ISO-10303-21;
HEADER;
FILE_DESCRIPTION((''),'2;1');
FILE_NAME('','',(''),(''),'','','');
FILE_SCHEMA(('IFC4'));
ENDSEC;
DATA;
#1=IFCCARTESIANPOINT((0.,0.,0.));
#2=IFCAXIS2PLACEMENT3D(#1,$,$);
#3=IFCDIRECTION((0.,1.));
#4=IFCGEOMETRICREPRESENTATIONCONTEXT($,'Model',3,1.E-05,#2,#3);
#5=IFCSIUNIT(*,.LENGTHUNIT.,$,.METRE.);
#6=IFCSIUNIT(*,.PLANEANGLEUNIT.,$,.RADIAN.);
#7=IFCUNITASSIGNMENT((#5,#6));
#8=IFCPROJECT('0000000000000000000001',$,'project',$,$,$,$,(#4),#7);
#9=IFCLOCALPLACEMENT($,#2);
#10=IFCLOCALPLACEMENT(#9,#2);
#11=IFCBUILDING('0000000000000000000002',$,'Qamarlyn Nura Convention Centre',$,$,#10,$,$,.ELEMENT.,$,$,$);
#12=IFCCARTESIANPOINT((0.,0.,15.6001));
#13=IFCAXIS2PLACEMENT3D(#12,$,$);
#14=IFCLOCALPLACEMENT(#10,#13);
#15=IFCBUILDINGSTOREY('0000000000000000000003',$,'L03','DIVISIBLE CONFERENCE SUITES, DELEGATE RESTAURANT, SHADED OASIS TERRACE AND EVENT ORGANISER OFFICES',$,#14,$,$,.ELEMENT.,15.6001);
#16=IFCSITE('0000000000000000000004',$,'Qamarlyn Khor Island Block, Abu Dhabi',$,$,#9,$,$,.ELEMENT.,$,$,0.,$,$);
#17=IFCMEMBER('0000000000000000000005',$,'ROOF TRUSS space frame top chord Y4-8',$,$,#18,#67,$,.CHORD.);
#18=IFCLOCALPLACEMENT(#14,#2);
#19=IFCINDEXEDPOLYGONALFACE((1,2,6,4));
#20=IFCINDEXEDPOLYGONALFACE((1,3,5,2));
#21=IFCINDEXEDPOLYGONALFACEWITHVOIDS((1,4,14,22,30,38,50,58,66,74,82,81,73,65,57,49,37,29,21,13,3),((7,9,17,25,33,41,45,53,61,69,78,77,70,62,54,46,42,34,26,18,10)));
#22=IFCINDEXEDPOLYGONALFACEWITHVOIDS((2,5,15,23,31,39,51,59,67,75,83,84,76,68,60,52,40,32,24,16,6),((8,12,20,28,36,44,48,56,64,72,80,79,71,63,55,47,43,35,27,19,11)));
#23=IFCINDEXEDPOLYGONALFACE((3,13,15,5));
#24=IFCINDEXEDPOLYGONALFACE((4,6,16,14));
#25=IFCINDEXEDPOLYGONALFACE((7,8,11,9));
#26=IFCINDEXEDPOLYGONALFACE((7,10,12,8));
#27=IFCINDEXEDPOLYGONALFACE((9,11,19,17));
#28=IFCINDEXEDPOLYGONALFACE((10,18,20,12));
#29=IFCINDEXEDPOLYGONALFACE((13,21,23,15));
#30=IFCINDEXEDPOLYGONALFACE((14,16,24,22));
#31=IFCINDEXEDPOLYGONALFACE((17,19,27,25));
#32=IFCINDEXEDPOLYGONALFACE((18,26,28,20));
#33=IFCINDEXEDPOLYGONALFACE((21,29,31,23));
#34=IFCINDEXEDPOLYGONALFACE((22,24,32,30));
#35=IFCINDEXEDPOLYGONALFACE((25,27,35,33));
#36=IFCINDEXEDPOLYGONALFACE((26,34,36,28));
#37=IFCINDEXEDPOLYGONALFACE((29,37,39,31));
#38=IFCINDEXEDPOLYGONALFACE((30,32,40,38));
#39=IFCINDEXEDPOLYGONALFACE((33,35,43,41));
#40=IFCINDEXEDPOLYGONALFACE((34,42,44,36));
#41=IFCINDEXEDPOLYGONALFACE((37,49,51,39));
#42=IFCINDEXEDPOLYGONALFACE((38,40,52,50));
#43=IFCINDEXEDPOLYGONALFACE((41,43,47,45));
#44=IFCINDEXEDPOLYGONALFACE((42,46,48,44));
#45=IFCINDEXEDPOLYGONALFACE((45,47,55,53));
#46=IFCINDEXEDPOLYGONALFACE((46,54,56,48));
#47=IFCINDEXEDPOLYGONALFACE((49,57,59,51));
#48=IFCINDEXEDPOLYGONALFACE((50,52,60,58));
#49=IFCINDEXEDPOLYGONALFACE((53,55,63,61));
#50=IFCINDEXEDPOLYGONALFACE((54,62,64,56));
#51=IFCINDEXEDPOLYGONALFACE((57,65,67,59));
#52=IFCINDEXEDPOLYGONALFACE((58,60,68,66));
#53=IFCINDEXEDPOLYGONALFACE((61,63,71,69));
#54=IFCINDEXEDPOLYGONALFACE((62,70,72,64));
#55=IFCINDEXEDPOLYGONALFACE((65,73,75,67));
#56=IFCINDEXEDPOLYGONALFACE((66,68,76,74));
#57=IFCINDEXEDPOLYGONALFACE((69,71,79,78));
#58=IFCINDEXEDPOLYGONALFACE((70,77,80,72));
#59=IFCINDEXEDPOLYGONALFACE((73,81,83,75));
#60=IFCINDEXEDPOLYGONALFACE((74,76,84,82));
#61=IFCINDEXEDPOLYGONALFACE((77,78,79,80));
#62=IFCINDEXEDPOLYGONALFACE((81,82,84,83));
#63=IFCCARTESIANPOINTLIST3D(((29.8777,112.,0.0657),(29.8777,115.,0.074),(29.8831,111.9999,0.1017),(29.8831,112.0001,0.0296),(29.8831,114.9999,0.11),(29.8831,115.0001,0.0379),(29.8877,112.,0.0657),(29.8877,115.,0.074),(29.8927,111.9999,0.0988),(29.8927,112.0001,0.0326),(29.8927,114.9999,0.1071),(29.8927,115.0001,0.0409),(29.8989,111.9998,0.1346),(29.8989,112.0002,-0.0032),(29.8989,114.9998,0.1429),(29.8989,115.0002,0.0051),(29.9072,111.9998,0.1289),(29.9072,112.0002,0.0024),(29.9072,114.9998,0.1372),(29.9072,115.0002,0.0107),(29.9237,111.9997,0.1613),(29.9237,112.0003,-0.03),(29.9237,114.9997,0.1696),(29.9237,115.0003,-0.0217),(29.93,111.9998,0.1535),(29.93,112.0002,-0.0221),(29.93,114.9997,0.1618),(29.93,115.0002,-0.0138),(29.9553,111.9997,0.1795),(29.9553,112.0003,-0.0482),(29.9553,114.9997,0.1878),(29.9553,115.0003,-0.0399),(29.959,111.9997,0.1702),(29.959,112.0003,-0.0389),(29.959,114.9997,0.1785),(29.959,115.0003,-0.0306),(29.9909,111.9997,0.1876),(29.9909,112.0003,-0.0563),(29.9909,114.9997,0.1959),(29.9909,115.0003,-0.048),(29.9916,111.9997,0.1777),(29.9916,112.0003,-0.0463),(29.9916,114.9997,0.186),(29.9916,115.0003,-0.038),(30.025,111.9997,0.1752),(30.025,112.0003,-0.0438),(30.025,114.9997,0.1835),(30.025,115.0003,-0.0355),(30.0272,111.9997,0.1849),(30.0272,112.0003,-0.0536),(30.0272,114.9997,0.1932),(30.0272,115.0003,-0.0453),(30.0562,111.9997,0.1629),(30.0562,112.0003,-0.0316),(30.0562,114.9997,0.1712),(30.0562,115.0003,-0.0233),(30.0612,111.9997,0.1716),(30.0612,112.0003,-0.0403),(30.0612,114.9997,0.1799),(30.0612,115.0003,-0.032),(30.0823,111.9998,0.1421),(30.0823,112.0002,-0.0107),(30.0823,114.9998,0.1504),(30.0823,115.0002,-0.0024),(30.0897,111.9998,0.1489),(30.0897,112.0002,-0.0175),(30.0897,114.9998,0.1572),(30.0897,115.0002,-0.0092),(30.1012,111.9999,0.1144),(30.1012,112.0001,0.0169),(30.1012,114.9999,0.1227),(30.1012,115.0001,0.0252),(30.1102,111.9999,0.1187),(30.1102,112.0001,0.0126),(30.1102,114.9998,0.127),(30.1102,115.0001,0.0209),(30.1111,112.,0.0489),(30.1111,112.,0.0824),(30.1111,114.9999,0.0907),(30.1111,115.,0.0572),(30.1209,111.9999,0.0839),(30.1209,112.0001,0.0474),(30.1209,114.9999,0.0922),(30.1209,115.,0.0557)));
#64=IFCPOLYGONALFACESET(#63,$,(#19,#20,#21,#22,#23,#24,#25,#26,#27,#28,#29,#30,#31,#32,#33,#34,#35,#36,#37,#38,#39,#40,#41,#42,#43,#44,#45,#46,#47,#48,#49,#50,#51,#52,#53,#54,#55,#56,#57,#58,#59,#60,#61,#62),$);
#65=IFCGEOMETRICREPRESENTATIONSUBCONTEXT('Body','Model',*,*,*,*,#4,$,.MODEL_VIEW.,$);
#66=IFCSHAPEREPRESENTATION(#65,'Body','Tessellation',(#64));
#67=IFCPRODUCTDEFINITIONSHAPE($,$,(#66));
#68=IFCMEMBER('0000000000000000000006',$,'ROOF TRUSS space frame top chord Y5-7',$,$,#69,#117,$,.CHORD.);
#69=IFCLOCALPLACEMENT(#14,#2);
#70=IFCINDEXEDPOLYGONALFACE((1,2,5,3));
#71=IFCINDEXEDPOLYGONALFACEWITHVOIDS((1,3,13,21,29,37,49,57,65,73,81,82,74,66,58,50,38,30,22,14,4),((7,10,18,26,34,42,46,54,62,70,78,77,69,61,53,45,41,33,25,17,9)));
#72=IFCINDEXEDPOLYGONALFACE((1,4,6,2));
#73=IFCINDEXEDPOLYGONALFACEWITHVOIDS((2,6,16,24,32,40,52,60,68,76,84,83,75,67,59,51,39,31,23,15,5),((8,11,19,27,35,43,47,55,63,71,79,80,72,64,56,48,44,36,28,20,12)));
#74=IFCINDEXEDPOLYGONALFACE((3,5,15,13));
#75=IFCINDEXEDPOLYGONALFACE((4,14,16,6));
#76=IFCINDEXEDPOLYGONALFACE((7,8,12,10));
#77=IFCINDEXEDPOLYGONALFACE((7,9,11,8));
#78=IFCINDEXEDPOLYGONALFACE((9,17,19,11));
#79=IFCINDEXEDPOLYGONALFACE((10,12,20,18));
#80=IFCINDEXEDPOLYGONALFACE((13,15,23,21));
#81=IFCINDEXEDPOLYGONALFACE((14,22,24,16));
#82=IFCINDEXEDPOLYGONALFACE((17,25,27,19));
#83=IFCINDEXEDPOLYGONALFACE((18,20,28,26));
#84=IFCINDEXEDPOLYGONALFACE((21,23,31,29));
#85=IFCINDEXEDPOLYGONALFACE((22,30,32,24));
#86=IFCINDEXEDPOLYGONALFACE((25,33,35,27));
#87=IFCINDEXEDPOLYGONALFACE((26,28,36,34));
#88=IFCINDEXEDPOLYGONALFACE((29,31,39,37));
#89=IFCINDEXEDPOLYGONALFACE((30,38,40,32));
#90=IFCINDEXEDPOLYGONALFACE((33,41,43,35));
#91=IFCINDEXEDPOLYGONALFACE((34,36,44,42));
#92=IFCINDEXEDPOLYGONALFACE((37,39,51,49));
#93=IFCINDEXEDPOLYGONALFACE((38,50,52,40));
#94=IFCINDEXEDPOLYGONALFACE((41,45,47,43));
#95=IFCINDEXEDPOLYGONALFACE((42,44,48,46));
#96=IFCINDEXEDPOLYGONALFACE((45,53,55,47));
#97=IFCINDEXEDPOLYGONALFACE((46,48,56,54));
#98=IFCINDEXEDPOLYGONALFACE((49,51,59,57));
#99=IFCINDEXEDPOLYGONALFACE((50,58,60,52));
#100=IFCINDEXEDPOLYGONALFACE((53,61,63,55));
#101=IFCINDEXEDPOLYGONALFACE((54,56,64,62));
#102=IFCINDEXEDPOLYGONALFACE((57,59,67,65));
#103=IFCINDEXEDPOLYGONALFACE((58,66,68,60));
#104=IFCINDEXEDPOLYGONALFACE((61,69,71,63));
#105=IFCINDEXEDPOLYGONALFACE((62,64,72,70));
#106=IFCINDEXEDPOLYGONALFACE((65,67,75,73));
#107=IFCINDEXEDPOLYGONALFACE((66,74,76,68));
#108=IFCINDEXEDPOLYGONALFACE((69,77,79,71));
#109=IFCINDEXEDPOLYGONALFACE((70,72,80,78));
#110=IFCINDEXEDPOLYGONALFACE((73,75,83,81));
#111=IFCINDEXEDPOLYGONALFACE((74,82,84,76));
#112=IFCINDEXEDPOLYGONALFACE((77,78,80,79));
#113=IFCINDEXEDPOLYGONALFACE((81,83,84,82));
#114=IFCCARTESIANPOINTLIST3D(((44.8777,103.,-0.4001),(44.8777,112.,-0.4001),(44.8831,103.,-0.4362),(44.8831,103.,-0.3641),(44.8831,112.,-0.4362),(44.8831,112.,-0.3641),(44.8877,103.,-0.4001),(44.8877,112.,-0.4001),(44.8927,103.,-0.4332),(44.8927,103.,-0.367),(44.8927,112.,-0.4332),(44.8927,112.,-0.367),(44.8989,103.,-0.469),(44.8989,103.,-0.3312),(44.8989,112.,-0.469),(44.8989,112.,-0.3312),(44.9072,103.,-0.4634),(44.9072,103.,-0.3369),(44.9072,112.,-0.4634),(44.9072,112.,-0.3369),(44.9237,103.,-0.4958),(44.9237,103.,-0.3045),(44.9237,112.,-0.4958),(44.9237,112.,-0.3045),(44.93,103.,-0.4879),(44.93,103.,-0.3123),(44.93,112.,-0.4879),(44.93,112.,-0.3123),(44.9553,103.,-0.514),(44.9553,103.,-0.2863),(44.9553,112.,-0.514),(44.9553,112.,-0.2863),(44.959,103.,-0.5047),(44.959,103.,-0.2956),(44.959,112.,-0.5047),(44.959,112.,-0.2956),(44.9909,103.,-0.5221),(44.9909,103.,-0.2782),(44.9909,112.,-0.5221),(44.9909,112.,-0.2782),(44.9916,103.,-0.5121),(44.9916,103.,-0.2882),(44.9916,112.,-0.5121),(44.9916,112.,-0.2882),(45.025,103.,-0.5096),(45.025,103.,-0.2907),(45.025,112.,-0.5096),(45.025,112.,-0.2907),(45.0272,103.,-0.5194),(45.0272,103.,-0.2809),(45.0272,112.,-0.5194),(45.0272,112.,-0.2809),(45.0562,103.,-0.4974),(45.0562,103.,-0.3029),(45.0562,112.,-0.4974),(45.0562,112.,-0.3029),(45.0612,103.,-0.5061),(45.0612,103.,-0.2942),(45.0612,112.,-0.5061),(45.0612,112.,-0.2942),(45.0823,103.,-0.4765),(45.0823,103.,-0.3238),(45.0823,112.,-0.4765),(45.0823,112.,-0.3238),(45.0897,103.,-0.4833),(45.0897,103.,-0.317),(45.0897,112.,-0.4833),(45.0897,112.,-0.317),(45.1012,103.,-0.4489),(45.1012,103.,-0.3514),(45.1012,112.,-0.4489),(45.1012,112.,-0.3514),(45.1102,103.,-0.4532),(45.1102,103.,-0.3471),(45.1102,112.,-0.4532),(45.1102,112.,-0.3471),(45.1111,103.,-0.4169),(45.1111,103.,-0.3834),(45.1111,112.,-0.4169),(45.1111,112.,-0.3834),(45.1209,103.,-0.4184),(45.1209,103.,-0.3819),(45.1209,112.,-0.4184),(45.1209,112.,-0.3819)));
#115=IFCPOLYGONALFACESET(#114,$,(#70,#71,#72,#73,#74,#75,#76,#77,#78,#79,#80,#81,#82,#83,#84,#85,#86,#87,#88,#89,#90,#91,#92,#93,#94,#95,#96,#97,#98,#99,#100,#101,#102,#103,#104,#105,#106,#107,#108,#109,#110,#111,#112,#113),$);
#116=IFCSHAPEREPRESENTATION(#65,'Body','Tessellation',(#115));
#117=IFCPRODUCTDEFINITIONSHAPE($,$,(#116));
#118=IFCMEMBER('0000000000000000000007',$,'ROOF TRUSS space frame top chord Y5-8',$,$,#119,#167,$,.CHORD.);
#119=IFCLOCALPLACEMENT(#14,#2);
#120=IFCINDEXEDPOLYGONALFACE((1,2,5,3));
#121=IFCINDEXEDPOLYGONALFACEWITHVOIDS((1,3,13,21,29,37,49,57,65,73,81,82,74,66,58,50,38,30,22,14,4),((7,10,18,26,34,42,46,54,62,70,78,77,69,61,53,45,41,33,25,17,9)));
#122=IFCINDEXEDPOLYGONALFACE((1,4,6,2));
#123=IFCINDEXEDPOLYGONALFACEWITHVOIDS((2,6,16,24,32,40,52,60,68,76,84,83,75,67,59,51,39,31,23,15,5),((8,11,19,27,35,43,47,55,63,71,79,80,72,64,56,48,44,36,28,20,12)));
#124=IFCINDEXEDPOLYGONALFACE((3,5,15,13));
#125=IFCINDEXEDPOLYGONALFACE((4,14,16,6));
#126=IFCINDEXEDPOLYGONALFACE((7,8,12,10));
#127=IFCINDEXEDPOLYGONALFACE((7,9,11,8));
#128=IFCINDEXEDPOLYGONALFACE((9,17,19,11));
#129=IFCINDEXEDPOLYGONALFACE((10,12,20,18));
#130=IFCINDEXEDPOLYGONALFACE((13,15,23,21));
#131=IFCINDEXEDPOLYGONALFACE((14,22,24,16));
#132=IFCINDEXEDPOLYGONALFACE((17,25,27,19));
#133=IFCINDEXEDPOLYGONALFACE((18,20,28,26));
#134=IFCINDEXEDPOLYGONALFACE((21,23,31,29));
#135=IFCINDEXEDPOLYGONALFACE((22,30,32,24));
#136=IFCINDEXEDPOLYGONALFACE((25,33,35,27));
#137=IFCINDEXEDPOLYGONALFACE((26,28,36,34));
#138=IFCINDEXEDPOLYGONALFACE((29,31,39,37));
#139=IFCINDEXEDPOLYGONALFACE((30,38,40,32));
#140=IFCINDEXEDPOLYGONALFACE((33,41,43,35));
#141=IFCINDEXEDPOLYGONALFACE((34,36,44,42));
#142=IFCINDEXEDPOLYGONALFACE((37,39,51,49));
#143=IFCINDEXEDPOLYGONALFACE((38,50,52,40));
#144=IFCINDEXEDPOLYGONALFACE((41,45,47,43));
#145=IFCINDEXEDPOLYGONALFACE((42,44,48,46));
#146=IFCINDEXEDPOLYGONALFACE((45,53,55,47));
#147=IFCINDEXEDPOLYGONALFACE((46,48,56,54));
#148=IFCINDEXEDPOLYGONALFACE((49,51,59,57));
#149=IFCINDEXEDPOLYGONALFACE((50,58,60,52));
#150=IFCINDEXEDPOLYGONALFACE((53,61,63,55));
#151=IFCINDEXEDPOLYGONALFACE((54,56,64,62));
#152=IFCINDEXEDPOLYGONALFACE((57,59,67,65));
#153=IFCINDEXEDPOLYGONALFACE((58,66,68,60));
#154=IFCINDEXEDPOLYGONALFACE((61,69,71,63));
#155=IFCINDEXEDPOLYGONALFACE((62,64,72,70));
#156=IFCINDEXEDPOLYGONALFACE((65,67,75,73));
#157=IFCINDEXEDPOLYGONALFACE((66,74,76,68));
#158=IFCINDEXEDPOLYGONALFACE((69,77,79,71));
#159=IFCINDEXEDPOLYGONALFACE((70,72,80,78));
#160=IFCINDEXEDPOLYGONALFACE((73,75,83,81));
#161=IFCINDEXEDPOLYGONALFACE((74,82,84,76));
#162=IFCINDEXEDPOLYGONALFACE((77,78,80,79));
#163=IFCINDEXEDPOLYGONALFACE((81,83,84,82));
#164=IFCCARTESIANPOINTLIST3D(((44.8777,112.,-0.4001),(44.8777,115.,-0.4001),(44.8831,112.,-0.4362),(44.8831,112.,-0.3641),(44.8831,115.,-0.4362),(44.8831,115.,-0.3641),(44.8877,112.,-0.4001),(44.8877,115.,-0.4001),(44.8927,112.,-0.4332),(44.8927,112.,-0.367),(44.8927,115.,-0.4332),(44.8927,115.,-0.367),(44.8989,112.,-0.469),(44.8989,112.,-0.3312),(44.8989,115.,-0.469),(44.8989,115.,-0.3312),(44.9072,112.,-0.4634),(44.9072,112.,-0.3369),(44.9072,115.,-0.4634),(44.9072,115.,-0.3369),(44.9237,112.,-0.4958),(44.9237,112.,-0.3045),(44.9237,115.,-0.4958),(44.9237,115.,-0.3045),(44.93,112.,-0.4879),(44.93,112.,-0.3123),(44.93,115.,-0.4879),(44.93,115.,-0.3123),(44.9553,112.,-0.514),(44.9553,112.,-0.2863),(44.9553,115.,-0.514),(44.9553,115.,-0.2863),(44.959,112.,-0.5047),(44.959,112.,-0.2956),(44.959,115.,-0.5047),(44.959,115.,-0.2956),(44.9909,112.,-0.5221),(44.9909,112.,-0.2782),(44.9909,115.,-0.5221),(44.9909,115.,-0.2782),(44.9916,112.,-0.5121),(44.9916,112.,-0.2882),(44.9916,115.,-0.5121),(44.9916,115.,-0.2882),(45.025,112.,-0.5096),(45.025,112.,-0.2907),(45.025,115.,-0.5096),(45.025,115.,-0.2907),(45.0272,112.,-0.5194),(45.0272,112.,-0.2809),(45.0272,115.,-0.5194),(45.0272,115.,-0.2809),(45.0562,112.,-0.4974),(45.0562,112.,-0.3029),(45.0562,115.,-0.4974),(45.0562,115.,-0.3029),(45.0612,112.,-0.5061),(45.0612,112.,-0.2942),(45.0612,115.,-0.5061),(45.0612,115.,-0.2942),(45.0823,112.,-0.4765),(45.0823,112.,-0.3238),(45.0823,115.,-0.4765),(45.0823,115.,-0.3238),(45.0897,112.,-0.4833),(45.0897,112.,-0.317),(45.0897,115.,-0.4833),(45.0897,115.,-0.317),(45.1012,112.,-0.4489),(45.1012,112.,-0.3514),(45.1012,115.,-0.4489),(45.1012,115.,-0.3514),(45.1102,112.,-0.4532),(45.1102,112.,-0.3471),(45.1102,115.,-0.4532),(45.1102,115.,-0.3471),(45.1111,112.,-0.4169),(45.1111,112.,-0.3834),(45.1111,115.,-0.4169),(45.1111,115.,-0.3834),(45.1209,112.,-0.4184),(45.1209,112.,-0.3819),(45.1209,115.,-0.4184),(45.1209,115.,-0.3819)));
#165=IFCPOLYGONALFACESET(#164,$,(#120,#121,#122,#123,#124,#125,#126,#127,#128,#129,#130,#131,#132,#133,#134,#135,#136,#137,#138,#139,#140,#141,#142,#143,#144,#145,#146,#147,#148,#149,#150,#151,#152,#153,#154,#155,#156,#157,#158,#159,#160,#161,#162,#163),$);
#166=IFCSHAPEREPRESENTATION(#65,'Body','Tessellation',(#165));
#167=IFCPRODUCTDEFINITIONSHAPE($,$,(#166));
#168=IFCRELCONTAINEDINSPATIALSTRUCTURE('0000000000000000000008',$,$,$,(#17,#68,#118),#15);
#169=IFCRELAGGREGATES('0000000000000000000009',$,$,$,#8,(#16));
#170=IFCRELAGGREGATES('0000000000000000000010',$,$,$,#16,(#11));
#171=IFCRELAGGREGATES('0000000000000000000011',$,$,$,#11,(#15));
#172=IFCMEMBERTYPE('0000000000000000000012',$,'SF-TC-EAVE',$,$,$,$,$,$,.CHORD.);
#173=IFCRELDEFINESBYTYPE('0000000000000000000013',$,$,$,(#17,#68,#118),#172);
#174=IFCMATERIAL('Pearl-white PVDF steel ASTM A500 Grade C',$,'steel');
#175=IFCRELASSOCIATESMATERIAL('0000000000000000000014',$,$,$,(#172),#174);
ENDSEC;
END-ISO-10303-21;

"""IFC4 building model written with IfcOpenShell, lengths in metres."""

from ifc_helpers import new_model, si_unit, direction, frame, origin, origin_2d, place, context, subcontext, project, spatial, hollow_circle, extrude, material, material_profile, profile_set, type_object, element, save


model = new_model("IFC4")

# Units and contexts
model_context = context("Model", 3, precision=1e-05, world=origin(), true_north=direction((0.0, 1.0)))
body_context = subcontext(model_context, "Body", "Model", "MODEL_VIEW")
ifc_project = project(units=[si_unit("LENGTHUNIT", "METRE"), si_unit("PLANEANGLEUNIT", "RADIAN")], contexts=[model_context])

# Site, building, storey
site_placement = place(None, origin())
site = spatial("IfcSite", under=ifc_project, at=site_placement, Name="Qamarlyn Khor Island Block, Abu Dhabi", CompositionType="ELEMENT", RefElevation=0.0)
building_placement = place(site_placement, origin())
building = spatial("IfcBuilding", under=site, at=building_placement, Name="Qamarlyn Nura Convention Centre", CompositionType="ELEMENT")
storey_placement = place(building_placement, frame((0.0, 0.0, 15.6001)))
storey = spatial("IfcBuildingStorey", under=building, at=storey_placement, Name="L03", Description="DIVISIBLE CONFERENCE SUITES, DELEGATE RESTAURANT, SHADED OASIS TERRACE AND EVENT ORGANISER OFFICES", CompositionType="ELEMENT", Elevation=15.6001)

# Members
ifc_material_1 = material(Name="Pearl-white PVDF steel ASTM A500 Grade C", Category="steel")
ifc_material_profile_1 = material_profile(ifc_material_1, hollow_circle(Radius=0.1223, WallThickness=0.01, at=origin_2d()), Name="CHS244.5X10")
ifc_profile_set_1 = profile_set([ifc_material_profile_1], Name="Pearl-white PVDF steel ASTM A500 Grade C")
member_type_1 = type_object("IfcMemberType", Name="SF-TC-EAVE", PredefinedType="CHORD", material=ifc_profile_set_1)
member_1_placement = place(storey_placement, frame((30.0, 112.0, 0.0657), z_axis=(0.0, 0.999996, 0.002767), x_axis=(-1.0, 0.0, 0.0)))
element("IfcMember", 1, at=member_1_placement, inside=storey, type_object=member_type_1, Name="ROOF TRUSS space frame top chord Y4-8", PredefinedType="CHORD", context=body_context, shape_type="SweptSolid", body=[
    extrude(hollow_circle(Radius=0.1223, WallThickness=0.01, at=origin_2d()), origin(), (0.0, 0.0, 1.0), 3.0),
])
member_2_placement = place(storey_placement, frame((45.0, 103.0, -0.4001), z_axis=(0.0, 1.0, 0.0), x_axis=(-1.0, 0.0, 0.0)))
element("IfcMember", 2, at=member_2_placement, inside=storey, type_object=member_type_1, Name="ROOF TRUSS space frame top chord Y5-7", PredefinedType="CHORD", context=body_context, shape_type="SweptSolid", body=[
    extrude(hollow_circle(Radius=0.1223, WallThickness=0.01, at=origin_2d()), origin(), (0.0, 0.0, 1.0), 9.0),
])
member_3_placement = place(storey_placement, frame((45.0, 112.0, -0.4001), z_axis=(0.0, 1.0, 0.0), x_axis=(-1.0, 0.0, 0.0)))
element("IfcMember", 3, at=member_3_placement, inside=storey, type_object=member_type_1, Name="ROOF TRUSS space frame top chord Y5-8", PredefinedType="CHORD", context=body_context, shape_type="SweptSolid", body=[
    extrude(hollow_circle(Radius=0.1223, WallThickness=0.01, at=origin_2d()), origin(), (0.0, 0.0, 1.0), 3.0),
])

save(model, "model.ifc")
